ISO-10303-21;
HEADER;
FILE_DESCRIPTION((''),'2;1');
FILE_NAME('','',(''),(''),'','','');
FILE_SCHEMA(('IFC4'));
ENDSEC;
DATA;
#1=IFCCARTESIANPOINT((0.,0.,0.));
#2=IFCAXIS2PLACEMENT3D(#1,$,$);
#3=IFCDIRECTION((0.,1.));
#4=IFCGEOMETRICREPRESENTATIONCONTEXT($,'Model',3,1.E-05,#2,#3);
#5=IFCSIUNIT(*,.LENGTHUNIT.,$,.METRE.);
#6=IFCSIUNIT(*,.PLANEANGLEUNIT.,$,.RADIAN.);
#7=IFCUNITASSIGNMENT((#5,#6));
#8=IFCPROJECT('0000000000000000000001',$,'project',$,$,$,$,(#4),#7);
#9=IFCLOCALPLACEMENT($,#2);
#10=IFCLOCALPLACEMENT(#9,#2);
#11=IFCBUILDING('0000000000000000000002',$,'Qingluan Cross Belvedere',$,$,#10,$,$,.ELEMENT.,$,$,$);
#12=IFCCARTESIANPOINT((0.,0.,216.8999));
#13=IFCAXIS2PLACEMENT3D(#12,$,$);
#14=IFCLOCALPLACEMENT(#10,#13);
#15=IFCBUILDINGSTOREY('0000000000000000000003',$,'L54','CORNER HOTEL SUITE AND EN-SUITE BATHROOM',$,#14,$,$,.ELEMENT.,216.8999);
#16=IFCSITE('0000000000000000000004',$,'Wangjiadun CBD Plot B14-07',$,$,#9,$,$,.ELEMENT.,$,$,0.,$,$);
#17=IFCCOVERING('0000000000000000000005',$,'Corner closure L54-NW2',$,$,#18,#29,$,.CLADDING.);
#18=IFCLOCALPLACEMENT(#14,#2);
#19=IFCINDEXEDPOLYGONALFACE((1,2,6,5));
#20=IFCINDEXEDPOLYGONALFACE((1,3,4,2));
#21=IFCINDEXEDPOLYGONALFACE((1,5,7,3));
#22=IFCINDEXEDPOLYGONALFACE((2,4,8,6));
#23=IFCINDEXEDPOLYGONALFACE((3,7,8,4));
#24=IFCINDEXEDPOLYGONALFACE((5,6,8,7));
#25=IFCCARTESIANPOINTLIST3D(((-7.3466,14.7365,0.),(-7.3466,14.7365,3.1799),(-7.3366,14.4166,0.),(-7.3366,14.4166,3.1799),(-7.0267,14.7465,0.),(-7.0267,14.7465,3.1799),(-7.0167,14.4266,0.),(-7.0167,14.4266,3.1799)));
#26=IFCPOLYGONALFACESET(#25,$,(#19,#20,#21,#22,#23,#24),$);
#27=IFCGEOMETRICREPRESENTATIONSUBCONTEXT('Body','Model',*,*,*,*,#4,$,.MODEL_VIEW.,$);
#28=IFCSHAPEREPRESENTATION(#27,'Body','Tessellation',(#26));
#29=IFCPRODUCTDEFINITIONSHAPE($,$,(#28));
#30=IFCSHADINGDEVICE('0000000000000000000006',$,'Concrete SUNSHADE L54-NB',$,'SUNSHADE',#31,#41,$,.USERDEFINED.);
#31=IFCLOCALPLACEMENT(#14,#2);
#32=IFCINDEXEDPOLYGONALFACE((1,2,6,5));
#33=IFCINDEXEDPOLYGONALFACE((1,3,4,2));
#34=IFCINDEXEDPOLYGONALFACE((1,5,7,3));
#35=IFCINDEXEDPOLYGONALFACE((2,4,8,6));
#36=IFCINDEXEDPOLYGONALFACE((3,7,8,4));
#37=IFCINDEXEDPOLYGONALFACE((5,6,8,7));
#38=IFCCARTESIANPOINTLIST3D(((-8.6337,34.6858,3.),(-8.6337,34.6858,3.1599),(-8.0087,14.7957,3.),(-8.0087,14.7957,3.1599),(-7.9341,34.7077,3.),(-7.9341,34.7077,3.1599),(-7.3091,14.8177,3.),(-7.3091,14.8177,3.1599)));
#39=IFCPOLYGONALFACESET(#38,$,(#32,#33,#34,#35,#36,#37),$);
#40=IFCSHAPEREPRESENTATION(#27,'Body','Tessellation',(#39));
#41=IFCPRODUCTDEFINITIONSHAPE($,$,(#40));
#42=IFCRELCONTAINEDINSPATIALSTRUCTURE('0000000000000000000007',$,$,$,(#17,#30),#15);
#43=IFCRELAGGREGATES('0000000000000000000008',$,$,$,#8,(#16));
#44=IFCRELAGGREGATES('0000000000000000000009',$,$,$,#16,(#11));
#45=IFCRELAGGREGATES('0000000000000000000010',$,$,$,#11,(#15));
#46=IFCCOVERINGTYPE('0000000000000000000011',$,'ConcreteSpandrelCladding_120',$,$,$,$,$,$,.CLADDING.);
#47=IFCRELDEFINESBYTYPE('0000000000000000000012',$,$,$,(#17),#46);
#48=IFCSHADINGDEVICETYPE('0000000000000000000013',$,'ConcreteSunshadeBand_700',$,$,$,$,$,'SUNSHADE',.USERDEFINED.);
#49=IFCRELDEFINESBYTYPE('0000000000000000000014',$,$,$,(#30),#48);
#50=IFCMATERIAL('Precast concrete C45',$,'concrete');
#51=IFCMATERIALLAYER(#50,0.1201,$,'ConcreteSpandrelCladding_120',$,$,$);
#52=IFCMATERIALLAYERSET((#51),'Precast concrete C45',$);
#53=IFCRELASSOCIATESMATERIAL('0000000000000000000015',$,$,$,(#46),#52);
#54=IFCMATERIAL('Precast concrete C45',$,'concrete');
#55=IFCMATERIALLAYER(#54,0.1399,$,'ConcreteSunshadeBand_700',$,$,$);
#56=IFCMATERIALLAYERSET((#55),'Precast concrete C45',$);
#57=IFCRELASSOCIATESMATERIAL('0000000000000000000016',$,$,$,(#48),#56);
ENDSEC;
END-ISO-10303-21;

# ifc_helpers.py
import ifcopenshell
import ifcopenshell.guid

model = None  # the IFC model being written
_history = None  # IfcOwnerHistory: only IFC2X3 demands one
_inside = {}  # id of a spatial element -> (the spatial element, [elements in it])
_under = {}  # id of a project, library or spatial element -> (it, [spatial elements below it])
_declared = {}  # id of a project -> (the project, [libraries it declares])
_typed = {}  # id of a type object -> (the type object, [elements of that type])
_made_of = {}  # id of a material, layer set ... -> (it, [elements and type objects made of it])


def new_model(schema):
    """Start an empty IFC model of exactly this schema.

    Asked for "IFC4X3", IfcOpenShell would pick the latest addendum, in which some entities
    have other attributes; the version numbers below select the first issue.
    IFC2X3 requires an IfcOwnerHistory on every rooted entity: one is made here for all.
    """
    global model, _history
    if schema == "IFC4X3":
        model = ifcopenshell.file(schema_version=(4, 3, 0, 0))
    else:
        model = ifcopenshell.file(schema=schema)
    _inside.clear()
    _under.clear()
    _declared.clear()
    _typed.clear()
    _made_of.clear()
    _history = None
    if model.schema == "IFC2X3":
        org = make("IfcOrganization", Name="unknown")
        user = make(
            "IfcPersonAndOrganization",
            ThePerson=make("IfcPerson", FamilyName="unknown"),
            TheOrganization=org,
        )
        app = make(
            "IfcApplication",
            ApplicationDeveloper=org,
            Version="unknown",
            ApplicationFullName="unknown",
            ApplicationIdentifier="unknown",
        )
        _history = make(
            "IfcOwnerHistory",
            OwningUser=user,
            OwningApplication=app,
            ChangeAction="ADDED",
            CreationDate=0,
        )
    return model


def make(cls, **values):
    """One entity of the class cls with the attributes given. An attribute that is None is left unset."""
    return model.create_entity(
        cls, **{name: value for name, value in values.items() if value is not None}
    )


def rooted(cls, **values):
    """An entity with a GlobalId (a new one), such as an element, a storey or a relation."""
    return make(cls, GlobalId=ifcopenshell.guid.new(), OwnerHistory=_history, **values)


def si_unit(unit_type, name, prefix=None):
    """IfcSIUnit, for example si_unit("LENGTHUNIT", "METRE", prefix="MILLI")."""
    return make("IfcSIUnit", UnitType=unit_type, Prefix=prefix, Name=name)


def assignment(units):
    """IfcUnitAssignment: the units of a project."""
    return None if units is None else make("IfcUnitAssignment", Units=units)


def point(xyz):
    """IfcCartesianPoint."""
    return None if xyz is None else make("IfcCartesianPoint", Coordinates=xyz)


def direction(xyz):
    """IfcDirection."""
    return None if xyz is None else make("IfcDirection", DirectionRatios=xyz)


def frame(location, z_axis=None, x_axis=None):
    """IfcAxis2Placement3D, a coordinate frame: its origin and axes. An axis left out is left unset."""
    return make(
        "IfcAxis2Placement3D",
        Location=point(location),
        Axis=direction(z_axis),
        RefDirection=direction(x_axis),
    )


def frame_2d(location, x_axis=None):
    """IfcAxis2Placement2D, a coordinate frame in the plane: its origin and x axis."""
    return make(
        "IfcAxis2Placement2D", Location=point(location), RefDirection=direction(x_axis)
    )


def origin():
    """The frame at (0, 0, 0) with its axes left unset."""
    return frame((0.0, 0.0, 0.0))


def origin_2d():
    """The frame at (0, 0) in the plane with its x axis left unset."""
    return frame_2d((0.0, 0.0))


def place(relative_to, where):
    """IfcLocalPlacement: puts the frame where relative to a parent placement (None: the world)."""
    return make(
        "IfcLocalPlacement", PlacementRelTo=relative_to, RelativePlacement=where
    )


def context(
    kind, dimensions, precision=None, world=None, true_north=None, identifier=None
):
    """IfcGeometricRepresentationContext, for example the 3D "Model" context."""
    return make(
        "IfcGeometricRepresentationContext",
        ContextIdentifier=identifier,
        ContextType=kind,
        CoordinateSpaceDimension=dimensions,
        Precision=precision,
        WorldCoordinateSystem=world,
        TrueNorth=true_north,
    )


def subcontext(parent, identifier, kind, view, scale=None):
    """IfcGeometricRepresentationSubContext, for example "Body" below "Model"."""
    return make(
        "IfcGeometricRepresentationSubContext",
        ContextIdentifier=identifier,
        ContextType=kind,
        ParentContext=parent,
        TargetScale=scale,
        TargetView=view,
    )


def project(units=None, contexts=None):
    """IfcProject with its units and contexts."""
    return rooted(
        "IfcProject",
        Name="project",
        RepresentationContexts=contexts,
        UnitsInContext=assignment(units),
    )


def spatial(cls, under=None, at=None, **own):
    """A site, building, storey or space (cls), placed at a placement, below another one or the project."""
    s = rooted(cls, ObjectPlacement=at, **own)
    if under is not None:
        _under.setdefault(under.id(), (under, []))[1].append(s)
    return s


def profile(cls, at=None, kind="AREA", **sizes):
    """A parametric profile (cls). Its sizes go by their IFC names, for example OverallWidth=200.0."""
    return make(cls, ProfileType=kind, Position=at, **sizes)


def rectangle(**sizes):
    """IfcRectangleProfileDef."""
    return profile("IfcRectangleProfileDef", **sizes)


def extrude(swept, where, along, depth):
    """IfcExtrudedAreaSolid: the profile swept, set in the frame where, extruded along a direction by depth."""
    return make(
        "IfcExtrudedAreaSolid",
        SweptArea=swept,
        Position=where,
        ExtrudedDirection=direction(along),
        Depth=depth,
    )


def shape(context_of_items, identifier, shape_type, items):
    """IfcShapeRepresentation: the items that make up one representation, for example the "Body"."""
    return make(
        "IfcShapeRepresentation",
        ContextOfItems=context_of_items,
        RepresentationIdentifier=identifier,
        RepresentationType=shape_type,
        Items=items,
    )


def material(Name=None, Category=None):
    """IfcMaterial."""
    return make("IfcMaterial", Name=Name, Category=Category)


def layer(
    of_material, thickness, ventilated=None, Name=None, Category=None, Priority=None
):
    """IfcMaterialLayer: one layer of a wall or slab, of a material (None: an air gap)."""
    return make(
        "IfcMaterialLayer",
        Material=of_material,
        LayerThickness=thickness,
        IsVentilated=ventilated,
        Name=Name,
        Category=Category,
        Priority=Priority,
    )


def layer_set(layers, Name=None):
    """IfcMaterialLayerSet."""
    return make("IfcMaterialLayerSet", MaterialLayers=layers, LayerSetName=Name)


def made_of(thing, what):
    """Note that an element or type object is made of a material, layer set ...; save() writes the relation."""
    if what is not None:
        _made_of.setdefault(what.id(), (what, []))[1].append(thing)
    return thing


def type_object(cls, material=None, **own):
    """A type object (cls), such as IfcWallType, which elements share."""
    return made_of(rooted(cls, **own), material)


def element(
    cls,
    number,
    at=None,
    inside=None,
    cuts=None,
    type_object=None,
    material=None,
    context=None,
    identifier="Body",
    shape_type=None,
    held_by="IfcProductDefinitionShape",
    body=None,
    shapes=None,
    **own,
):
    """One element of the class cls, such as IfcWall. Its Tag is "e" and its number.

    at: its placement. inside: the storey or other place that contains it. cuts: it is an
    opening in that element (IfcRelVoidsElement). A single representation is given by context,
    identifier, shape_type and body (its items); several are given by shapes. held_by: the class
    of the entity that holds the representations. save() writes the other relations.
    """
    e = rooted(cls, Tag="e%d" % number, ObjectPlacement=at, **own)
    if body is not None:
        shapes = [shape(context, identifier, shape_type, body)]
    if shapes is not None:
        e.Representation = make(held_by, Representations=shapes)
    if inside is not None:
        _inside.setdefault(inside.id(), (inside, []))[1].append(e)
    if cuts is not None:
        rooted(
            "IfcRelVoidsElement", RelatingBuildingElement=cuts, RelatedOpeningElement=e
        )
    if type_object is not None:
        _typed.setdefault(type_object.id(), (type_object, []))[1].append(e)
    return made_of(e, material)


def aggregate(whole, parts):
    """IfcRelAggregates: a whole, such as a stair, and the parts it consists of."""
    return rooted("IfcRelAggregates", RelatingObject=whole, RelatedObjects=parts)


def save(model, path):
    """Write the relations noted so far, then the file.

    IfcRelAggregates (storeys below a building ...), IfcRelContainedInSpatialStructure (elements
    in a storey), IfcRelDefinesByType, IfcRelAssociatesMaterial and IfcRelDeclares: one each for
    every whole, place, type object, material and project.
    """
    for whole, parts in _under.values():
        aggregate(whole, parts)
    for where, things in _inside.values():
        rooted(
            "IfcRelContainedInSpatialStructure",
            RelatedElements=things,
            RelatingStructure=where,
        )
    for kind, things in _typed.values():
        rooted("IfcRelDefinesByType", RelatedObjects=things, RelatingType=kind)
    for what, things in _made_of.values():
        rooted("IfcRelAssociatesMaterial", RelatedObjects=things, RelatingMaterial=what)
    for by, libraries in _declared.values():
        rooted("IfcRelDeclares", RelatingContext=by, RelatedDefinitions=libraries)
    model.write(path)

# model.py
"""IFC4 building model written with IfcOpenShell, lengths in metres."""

from ifc_helpers import new_model, si_unit, direction, frame, origin, origin_2d, place, context, subcontext, project, spatial, rectangle, extrude, material, layer, layer_set, type_object, element, save


model = new_model("IFC4")

# Units and contexts
model_context = context("Model", 3, precision=1e-05, world=origin(), true_north=direction((0.0, 1.0)))
body_context = subcontext(model_context, "Body", "Model", "MODEL_VIEW")
ifc_project = project(units=[si_unit("LENGTHUNIT", "METRE"), si_unit("PLANEANGLEUNIT", "RADIAN")], contexts=[model_context])

# Site, building, storey
site_placement = place(None, origin())
site = spatial("IfcSite", under=ifc_project, at=site_placement, Name="Wangjiadun CBD Plot B14-07", CompositionType="ELEMENT", RefElevation=0.0)
building_placement = place(site_placement, origin())
building = spatial("IfcBuilding", under=site, at=building_placement, Name="Qingluan Cross Belvedere", CompositionType="ELEMENT")
storey_placement = place(building_placement, frame((0.0, 0.0, 216.8999)))
storey = spatial("IfcBuildingStorey", under=building, at=storey_placement, Name="L54", Description="CORNER HOTEL SUITE AND EN-SUITE BATHROOM", CompositionType="ELEMENT", Elevation=216.8999)

# Covering
ifc_material_1 = material(Name="Precast concrete C45", Category="concrete")
ifc_layer_1 = layer(ifc_material_1, 0.1201, Name="ConcreteSpandrelCladding_120")
ifc_layer_set_1 = layer_set([ifc_layer_1], Name="Precast concrete C45")
covering_type = type_object("IfcCoveringType", Name="ConcreteSpandrelCladding_120", PredefinedType="CLADDING", material=ifc_layer_set_1)
covering_placement = place(storey_placement, frame((-7.1816, 14.5815, 0.0), z_axis=(0.0, 0.0, 1.0), x_axis=(0.999507, 0.031411, 0.0)))
element("IfcCovering", 1, at=covering_placement, inside=storey, type_object=covering_type, Name="Corner closure L54-NW2", PredefinedType="CLADDING", context=body_context, shape_type="SweptSolid", body=[
    extrude(rectangle(XDim=0.3201, YDim=0.3201, at=origin_2d()), origin(), (0.0, 0.0, 1.0), 3.1799),
])

# Shading device
ifc_material_2 = material(Name="Precast concrete C45", Category="concrete")
ifc_layer_2 = layer(ifc_material_2, 0.1399, Name="ConcreteSunshadeBand_700")
ifc_layer_set_2 = layer_set([ifc_layer_2], Name="Precast concrete C45")
shading_device_type = type_object("IfcShadingDeviceType", Name="ConcreteSunshadeBand_700", ElementType="SUNSHADE", PredefinedType="USERDEFINED", material=ifc_layer_set_2)
shading_device_placement = place(storey_placement, frame((-7.9714, 24.7517, 3.0), z_axis=(0.0, 0.0, 1.0), x_axis=(0.031408, -0.999507, 0.0)))
element("IfcShadingDevice", 2, at=shading_device_placement, inside=storey, type_object=shading_device_type, Name="Concrete SUNSHADE L54-NB", ObjectType="SUNSHADE", PredefinedType="USERDEFINED", context=body_context, shape_type="SweptSolid", body=[
    extrude(rectangle(XDim=19.8999, YDim=0.7, at=origin_2d()), origin(), (0.0, 0.0, 1.0), 0.1599),
])

save(model, "model.ifc")
